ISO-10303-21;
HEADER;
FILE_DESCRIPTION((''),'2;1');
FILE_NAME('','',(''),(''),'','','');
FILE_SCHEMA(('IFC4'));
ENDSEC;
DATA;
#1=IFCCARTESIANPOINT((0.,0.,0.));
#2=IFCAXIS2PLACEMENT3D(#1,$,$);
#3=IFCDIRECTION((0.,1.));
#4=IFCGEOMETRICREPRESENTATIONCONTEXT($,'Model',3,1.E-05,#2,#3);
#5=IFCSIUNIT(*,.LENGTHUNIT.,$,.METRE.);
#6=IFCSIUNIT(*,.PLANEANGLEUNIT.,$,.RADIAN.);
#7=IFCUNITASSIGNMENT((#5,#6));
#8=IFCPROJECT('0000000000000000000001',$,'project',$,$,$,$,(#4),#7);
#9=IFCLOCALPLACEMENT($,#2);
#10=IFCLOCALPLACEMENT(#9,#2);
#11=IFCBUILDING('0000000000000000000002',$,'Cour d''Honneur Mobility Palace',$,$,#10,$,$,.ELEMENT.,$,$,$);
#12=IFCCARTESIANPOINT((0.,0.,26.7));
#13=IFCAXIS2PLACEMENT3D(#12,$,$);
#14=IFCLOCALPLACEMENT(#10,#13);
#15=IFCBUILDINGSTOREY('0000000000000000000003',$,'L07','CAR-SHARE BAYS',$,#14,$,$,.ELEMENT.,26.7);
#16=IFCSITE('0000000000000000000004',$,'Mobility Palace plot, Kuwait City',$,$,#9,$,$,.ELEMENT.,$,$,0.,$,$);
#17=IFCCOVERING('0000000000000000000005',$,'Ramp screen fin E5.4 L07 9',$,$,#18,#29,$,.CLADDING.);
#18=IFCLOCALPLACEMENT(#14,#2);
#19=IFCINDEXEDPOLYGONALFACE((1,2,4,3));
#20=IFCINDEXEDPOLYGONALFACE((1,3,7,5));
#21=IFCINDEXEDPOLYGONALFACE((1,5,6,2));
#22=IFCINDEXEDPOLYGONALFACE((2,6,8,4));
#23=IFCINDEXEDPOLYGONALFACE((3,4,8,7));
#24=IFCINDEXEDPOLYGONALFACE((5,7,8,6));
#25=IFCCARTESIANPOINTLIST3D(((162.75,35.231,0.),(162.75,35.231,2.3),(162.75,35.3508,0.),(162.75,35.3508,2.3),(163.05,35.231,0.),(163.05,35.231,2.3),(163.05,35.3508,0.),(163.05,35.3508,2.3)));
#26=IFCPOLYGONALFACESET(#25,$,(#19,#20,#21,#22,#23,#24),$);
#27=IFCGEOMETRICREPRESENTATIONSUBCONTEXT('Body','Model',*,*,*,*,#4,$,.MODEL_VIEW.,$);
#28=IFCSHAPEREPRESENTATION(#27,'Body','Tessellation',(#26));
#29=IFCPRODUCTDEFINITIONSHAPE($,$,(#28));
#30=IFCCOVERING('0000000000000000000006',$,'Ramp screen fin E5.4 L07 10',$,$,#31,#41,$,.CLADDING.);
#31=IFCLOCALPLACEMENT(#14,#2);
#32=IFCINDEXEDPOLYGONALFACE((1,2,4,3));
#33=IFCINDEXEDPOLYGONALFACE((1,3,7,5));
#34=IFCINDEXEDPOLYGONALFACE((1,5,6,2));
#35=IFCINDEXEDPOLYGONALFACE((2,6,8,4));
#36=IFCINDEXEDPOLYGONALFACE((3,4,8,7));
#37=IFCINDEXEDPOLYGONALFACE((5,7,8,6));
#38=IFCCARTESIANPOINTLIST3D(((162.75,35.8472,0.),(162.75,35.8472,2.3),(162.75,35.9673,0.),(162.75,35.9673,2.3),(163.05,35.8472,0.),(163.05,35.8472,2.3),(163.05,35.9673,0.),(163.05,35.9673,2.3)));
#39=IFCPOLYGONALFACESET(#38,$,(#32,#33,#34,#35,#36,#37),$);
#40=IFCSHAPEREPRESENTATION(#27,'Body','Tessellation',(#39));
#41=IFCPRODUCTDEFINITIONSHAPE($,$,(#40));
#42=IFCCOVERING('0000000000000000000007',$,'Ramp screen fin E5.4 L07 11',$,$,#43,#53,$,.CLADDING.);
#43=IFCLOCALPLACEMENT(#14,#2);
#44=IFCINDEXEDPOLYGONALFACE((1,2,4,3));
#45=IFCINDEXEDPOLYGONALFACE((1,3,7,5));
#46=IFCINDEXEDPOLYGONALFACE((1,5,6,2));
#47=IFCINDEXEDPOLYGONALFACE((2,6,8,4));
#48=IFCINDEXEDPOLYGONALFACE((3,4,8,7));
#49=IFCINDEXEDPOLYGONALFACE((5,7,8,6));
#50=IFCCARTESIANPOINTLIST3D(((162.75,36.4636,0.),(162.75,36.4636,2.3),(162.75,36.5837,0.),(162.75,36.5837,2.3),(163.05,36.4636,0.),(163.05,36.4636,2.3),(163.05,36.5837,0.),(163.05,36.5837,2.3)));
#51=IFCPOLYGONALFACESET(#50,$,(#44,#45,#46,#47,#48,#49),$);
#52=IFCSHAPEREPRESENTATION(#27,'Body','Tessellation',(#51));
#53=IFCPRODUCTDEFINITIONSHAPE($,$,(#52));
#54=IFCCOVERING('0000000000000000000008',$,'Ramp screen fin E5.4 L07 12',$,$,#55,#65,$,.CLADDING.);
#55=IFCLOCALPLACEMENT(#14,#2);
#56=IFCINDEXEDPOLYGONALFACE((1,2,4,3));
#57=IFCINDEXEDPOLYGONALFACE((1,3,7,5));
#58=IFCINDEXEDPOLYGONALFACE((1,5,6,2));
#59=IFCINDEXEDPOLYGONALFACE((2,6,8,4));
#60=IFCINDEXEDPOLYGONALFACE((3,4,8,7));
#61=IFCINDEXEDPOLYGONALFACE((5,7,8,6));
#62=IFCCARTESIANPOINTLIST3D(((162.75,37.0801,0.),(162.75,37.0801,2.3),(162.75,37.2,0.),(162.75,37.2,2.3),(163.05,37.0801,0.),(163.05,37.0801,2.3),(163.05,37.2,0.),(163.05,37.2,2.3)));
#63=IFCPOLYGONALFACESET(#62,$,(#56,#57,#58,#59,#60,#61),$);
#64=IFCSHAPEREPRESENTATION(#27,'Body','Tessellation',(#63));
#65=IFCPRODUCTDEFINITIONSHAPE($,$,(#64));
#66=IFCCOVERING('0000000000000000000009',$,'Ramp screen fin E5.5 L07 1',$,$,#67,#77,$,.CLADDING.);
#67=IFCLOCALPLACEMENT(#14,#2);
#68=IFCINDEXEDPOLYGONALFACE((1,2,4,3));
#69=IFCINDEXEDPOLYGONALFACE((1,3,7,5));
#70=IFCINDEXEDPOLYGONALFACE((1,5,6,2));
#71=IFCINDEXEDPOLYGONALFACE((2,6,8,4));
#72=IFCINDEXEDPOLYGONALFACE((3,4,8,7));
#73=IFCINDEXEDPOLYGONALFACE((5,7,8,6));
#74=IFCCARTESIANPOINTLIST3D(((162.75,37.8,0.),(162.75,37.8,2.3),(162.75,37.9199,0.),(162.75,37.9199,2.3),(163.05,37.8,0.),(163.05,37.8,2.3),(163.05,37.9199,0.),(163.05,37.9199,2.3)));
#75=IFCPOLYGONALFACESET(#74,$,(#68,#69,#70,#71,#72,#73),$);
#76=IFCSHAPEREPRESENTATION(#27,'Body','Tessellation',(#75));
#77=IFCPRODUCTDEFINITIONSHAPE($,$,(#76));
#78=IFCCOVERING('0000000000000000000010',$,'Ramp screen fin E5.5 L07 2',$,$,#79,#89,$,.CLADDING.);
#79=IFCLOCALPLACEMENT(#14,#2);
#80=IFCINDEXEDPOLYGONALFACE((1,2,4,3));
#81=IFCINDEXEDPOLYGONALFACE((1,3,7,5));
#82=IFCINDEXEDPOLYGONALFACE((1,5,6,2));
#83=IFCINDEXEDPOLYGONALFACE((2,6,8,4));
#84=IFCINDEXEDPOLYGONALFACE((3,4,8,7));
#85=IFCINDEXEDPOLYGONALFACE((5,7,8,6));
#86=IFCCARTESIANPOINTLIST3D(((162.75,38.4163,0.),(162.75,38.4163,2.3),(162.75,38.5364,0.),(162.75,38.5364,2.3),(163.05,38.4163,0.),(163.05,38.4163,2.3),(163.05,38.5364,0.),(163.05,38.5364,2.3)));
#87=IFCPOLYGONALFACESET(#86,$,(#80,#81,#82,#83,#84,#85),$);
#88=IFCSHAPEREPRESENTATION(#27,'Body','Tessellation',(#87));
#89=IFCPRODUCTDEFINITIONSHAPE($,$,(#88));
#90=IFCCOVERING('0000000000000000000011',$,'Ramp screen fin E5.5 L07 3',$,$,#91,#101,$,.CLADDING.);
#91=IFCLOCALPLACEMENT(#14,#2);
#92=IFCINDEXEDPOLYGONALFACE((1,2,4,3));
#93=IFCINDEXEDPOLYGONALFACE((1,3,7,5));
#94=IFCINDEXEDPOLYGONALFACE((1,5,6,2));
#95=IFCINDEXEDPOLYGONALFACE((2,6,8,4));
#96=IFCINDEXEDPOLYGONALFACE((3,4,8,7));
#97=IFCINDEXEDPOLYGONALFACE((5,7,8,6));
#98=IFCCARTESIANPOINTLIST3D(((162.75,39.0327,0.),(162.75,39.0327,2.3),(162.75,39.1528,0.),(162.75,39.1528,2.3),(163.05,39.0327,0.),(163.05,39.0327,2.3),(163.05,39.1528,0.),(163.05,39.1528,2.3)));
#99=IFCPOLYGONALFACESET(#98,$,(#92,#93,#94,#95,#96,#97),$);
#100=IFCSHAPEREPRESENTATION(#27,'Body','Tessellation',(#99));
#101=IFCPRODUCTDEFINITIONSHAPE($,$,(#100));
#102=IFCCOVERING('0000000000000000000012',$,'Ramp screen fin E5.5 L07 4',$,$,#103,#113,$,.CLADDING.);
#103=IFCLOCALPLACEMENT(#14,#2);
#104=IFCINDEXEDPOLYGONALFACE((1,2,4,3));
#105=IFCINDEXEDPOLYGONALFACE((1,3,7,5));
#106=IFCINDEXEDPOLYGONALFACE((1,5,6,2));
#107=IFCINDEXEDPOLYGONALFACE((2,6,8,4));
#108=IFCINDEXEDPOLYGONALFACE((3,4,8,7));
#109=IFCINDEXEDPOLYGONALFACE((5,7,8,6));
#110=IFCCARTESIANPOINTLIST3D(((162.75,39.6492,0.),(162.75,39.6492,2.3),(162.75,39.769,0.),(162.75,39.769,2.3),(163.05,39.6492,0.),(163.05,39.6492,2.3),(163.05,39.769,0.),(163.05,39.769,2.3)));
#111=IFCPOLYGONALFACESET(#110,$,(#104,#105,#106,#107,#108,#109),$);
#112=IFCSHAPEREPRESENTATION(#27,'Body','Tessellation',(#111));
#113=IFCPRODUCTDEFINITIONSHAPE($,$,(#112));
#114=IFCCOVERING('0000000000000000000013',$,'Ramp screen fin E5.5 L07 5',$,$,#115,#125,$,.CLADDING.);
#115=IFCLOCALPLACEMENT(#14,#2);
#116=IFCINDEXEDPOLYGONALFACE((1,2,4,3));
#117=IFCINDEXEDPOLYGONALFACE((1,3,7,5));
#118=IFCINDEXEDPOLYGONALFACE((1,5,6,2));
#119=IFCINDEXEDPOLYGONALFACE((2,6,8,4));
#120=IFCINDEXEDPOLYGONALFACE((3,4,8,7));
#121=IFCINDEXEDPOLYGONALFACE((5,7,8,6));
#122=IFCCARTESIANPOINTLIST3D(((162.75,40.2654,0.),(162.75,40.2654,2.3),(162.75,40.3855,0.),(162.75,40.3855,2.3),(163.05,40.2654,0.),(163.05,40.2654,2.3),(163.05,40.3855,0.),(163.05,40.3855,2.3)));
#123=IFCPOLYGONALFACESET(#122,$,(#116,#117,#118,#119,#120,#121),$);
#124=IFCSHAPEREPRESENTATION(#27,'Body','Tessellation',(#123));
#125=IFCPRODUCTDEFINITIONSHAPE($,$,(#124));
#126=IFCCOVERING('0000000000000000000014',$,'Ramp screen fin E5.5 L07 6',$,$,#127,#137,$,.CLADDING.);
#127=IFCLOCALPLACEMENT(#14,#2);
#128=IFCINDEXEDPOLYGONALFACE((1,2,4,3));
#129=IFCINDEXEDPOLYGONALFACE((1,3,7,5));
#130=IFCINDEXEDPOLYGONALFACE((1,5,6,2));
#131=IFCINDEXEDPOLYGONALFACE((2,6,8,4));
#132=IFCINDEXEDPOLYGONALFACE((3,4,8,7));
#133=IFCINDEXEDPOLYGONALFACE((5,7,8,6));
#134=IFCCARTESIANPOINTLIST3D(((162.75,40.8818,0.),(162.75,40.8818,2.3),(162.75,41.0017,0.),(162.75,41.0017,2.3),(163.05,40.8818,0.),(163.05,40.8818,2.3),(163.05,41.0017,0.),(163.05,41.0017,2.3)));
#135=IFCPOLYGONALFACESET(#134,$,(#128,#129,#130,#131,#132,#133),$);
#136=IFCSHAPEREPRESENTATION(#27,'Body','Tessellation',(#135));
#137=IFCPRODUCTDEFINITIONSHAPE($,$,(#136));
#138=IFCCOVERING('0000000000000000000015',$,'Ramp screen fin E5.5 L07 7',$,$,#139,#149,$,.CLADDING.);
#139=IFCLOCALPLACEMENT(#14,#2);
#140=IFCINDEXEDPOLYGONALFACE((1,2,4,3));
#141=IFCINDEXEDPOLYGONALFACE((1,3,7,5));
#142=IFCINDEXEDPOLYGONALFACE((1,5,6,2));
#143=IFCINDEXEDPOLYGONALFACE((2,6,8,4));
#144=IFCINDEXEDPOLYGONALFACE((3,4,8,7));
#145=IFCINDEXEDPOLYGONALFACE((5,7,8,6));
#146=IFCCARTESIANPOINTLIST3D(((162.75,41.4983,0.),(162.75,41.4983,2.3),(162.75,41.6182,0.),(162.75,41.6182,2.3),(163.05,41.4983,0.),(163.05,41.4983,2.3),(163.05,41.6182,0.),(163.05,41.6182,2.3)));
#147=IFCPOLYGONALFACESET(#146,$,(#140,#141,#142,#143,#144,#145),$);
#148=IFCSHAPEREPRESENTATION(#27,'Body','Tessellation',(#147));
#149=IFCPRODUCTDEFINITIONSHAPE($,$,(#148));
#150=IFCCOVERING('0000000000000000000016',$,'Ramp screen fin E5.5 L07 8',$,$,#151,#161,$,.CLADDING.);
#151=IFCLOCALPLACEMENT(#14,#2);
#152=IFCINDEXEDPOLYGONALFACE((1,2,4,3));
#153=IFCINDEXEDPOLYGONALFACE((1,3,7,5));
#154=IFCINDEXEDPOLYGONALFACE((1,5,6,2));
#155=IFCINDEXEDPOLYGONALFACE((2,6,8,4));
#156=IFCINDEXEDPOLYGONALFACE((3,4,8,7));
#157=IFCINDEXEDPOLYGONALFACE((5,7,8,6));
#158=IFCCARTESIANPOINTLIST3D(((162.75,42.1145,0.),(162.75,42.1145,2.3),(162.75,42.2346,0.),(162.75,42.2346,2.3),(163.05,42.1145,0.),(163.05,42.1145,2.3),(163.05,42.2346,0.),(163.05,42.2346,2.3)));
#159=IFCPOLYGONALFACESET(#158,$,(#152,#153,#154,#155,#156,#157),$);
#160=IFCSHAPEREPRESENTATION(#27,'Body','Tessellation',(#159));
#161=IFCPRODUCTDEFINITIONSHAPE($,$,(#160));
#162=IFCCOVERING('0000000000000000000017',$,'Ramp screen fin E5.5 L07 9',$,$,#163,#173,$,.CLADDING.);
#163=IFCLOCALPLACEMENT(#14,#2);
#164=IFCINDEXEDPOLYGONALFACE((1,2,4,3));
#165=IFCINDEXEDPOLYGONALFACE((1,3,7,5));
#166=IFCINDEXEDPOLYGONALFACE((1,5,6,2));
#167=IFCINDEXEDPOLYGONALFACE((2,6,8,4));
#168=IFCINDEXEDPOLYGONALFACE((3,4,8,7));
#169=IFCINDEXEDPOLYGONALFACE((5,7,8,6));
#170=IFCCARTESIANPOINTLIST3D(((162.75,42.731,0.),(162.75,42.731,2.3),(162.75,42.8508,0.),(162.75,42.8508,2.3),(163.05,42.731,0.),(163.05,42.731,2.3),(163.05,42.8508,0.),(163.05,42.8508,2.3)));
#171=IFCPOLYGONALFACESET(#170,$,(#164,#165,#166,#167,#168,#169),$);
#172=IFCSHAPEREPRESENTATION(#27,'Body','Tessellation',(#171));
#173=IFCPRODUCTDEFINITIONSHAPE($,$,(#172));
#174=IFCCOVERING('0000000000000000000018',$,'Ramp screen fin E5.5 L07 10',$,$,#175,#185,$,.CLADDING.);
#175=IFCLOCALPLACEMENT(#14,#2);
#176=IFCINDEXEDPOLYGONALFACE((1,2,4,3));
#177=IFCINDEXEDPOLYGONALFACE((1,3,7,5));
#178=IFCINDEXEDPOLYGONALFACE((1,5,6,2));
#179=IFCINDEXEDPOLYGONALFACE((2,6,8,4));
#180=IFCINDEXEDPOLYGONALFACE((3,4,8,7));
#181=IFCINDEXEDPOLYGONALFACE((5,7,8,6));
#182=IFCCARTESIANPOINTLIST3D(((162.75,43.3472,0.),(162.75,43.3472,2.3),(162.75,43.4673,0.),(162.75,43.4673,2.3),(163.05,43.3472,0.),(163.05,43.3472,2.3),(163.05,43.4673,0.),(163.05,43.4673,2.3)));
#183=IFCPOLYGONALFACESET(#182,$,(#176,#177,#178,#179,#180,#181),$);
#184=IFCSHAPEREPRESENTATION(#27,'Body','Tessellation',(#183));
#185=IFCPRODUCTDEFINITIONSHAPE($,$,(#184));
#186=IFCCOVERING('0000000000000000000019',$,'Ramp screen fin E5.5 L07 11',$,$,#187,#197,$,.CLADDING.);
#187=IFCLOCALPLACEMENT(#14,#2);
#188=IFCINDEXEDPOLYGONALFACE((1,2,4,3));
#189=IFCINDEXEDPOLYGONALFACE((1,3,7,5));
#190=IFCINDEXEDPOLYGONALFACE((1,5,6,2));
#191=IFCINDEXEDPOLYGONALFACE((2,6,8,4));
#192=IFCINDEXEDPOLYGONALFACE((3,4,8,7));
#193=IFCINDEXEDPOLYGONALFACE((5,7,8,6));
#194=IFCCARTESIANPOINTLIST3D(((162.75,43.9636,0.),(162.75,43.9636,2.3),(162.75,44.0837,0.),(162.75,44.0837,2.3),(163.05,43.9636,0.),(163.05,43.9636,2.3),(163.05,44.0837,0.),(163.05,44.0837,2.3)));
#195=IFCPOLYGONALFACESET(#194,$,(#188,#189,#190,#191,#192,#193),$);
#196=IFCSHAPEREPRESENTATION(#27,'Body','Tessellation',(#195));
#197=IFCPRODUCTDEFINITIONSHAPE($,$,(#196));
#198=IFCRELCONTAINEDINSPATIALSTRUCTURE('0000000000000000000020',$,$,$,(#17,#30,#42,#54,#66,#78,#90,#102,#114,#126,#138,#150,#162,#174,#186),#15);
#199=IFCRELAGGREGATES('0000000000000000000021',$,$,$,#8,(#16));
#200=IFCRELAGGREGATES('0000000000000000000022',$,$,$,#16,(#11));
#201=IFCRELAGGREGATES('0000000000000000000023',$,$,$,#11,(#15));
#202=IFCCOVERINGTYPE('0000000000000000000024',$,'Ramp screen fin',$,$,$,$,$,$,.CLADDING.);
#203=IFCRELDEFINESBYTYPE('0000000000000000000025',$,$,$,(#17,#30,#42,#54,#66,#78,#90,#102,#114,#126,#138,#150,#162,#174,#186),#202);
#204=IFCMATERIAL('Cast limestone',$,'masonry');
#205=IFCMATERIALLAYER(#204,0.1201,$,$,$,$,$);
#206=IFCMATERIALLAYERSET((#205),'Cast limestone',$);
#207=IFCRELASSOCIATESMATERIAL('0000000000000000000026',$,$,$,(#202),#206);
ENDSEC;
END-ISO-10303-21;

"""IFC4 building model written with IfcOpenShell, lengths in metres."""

from ifc_helpers import new_model, si_unit, direction, frame, origin, place, context, subcontext, project, spatial, polyline, outline, extrude, material, layer, layer_set, type_object, element, save


model = new_model("IFC4")

# Units and contexts
model_context = context("Model", 3, precision=1e-05, world=origin(), true_north=direction((0.0, 1.0)))
body_context = subcontext(model_context, "Body", "Model", "MODEL_VIEW")
ifc_project = project(units=[si_unit("LENGTHUNIT", "METRE"), si_unit("PLANEANGLEUNIT", "RADIAN")], contexts=[model_context])

# Site, building, storey
site_placement = place(None, origin())
site = spatial("IfcSite", under=ifc_project, at=site_placement, Name="Mobility Palace plot, Kuwait City", CompositionType="ELEMENT", RefElevation=0.0)
building_placement = place(site_placement, origin())
building = spatial("IfcBuilding", under=site, at=building_placement, Name="Cour d'Honneur Mobility Palace", CompositionType="ELEMENT")
storey_placement = place(building_placement, frame((0.0, 0.0, 26.7)))
storey = spatial("IfcBuildingStorey", under=building, at=storey_placement, Name="L07", Description="CAR-SHARE BAYS", CompositionType="ELEMENT", Elevation=26.7)

# Coverings
ifc_material = material(Name="Cast limestone", Category="masonry")
ifc_layer = layer(ifc_material, 0.1201)
ifc_layer_set = layer_set([ifc_layer], Name="Cast limestone")
covering_type = type_object("IfcCoveringType", Name="Ramp screen fin", PredefinedType="CLADDING", material=ifc_layer_set)
covering_1_placement = place(storey_placement, origin())
element("IfcCovering", 1, at=covering_1_placement, inside=storey, type_object=covering_type, Name="Ramp screen fin E5.4 L07 9", PredefinedType="CLADDING", context=body_context, shape_type="SweptSolid", body=[
    extrude(outline(polyline([(162.75, 35.231), (162.75, 35.3508), (163.05, 35.3508), (163.05, 35.231), (162.75, 35.231)])), origin(), (0.0, 0.0, 1.0), 2.3),
])
covering_2_placement = place(storey_placement, origin())
element("IfcCovering", 2, at=covering_2_placement, inside=storey, type_object=covering_type, Name="Ramp screen fin E5.4 L07 10", PredefinedType="CLADDING", context=body_context, shape_type="SweptSolid", body=[
    extrude(outline(polyline([(162.75, 35.8472), (162.75, 35.9673), (163.05, 35.9673), (163.05, 35.8472), (162.75, 35.8472)])), origin(), (0.0, 0.0, 1.0), 2.3),
])
covering_3_placement = place(storey_placement, origin())
element("IfcCovering", 3, at=covering_3_placement, inside=storey, type_object=covering_type, Name="Ramp screen fin E5.4 L07 11", PredefinedType="CLADDING", context=body_context, shape_type="SweptSolid", body=[
    extrude(outline(polyline([(162.75, 36.4636), (162.75, 36.5837), (163.05, 36.5837), (163.05, 36.4636), (162.75, 36.4636)])), origin(), (0.0, 0.0, 1.0), 2.3),
])
covering_4_placement = place(storey_placement, origin())
element("IfcCovering", 4, at=covering_4_placement, inside=storey, type_object=covering_type, Name="Ramp screen fin E5.4 L07 12", PredefinedType="CLADDING", context=body_context, shape_type="SweptSolid", body=[
    extrude(outline(polyline([(162.75, 37.0801), (162.75, 37.2), (163.05, 37.2), (163.05, 37.0801), (162.75, 37.0801)])), origin(), (0.0, 0.0, 1.0), 2.3),
])
covering_5_placement = place(storey_placement, origin())
element("IfcCovering", 5, at=covering_5_placement, inside=storey, type_object=covering_type, Name="Ramp screen fin E5.5 L07 1", PredefinedType="CLADDING", context=body_context, shape_type="SweptSolid", body=[
    extrude(outline(polyline([(162.75, 37.8), (162.75, 37.9199), (163.05, 37.9199), (163.05, 37.8), (162.75, 37.8)])), origin(), (0.0, 0.0, 1.0), 2.3),
])
covering_6_placement = place(storey_placement, origin())
element("IfcCovering", 6, at=covering_6_placement, inside=storey, type_object=covering_type, Name="Ramp screen fin E5.5 L07 2", PredefinedType="CLADDING", context=body_context, shape_type="SweptSolid", body=[
    extrude(outline(polyline([(162.75, 38.4163), (162.75, 38.5364), (163.05, 38.5364), (163.05, 38.4163), (162.75, 38.4163)])), origin(), (0.0, 0.0, 1.0), 2.3),
])
covering_7_placement = place(storey_placement, origin())
element("IfcCovering", 7, at=covering_7_placement, inside=storey, type_object=covering_type, Name="Ramp screen fin E5.5 L07 3", PredefinedType="CLADDING", context=body_context, shape_type="SweptSolid", body=[
    extrude(outline(polyline([(162.75, 39.0327), (162.75, 39.1528), (163.05, 39.1528), (163.05, 39.0327), (162.75, 39.0327)])), origin(), (0.0, 0.0, 1.0), 2.3),
])
covering_8_placement = place(storey_placement, origin())
element("IfcCovering", 8, at=covering_8_placement, inside=storey, type_object=covering_type, Name="Ramp screen fin E5.5 L07 4", PredefinedType="CLADDING", context=body_context, shape_type="SweptSolid", body=[
    extrude(outline(polyline([(162.75, 39.6492), (162.75, 39.769), (163.05, 39.769), (163.05, 39.6492), (162.75, 39.6492)])), origin(), (0.0, 0.0, 1.0), 2.3),
])
covering_9_placement = place(storey_placement, origin())
element("IfcCovering", 9, at=covering_9_placement, inside=storey, type_object=covering_type, Name="Ramp screen fin E5.5 L07 5", PredefinedType="CLADDING", context=body_context, shape_type="SweptSolid", body=[
    extrude(outline(polyline([(162.75, 40.2654), (162.75, 40.3855), (163.05, 40.3855), (163.05, 40.2654), (162.75, 40.2654)])), origin(), (0.0, 0.0, 1.0), 2.3),
])
covering_10_placement = place(storey_placement, origin())
element("IfcCovering", 10, at=covering_10_placement, inside=storey, type_object=covering_type, Name="Ramp screen fin E5.5 L07 6", PredefinedType="CLADDING", context=body_context, shape_type="SweptSolid", body=[
    extrude(outline(polyline([(162.75, 40.8818), (162.75, 41.0017), (163.05, 41.0017), (163.05, 40.8818), (162.75, 40.8818)])), origin(), (0.0, 0.0, 1.0), 2.3),
])
covering_11_placement = place(storey_placement, origin())
element("IfcCovering", 11, at=covering_11_placement, inside=storey, type_object=covering_type, Name="Ramp screen fin E5.5 L07 7", PredefinedType="CLADDING", context=body_context, shape_type="SweptSolid", body=[
    extrude(outline(polyline([(162.75, 41.4983), (162.75, 41.6182), (163.05, 41.6182), (163.05, 41.4983), (162.75, 41.4983)])), origin(), (0.0, 0.0, 1.0), 2.3),
])
covering_12_placement = place(storey_placement, origin())
element("IfcCovering", 12, at=covering_12_placement, inside=storey, type_object=covering_type, Name="Ramp screen fin E5.5 L07 8", PredefinedType="CLADDING", context=body_context, shape_type="SweptSolid", body=[
    extrude(outline(polyline([(162.75, 42.1145), (162.75, 42.2346), (163.05, 42.2346), (163.05, 42.1145), (162.75, 42.1145)])), origin(), (0.0, 0.0, 1.0), 2.3),
])
covering_13_placement = place(storey_placement, origin())
element("IfcCovering", 13, at=covering_13_placement, inside=storey, type_object=covering_type, Name="Ramp screen fin E5.5 L07 9", PredefinedType="CLADDING", context=body_context, shape_type="SweptSolid", body=[
    extrude(outline(polyline([(162.75, 42.731), (162.75, 42.8508), (163.05, 42.8508), (163.05, 42.731), (162.75, 42.731)])), origin(), (0.0, 0.0, 1.0), 2.3),
])
covering_14_placement = place(storey_placement, origin())
element("IfcCovering", 14, at=covering_14_placement, inside=storey, type_object=covering_type, Name="Ramp screen fin E5.5 L07 10", PredefinedType="CLADDING", context=body_context, shape_type="SweptSolid", body=[
    extrude(outline(polyline([(162.75, 43.3472), (162.75, 43.4673), (163.05, 43.4673), (163.05, 43.3472), (162.75, 43.3472)])), origin(), (0.0, 0.0, 1.0), 2.3),
])
covering_15_placement = place(storey_placement, origin())
element("IfcCovering", 15, at=covering_15_placement, inside=storey, type_object=covering_type, Name="Ramp screen fin E5.5 L07 11", PredefinedType="CLADDING", context=body_context, shape_type="SweptSolid", body=[
    extrude(outline(polyline([(162.75, 43.9636), (162.75, 44.0837), (163.05, 44.0837), (163.05, 43.9636), (162.75, 43.9636)])), origin(), (0.0, 0.0, 1.0), 2.3),
])

save(model, "model.ifc")
